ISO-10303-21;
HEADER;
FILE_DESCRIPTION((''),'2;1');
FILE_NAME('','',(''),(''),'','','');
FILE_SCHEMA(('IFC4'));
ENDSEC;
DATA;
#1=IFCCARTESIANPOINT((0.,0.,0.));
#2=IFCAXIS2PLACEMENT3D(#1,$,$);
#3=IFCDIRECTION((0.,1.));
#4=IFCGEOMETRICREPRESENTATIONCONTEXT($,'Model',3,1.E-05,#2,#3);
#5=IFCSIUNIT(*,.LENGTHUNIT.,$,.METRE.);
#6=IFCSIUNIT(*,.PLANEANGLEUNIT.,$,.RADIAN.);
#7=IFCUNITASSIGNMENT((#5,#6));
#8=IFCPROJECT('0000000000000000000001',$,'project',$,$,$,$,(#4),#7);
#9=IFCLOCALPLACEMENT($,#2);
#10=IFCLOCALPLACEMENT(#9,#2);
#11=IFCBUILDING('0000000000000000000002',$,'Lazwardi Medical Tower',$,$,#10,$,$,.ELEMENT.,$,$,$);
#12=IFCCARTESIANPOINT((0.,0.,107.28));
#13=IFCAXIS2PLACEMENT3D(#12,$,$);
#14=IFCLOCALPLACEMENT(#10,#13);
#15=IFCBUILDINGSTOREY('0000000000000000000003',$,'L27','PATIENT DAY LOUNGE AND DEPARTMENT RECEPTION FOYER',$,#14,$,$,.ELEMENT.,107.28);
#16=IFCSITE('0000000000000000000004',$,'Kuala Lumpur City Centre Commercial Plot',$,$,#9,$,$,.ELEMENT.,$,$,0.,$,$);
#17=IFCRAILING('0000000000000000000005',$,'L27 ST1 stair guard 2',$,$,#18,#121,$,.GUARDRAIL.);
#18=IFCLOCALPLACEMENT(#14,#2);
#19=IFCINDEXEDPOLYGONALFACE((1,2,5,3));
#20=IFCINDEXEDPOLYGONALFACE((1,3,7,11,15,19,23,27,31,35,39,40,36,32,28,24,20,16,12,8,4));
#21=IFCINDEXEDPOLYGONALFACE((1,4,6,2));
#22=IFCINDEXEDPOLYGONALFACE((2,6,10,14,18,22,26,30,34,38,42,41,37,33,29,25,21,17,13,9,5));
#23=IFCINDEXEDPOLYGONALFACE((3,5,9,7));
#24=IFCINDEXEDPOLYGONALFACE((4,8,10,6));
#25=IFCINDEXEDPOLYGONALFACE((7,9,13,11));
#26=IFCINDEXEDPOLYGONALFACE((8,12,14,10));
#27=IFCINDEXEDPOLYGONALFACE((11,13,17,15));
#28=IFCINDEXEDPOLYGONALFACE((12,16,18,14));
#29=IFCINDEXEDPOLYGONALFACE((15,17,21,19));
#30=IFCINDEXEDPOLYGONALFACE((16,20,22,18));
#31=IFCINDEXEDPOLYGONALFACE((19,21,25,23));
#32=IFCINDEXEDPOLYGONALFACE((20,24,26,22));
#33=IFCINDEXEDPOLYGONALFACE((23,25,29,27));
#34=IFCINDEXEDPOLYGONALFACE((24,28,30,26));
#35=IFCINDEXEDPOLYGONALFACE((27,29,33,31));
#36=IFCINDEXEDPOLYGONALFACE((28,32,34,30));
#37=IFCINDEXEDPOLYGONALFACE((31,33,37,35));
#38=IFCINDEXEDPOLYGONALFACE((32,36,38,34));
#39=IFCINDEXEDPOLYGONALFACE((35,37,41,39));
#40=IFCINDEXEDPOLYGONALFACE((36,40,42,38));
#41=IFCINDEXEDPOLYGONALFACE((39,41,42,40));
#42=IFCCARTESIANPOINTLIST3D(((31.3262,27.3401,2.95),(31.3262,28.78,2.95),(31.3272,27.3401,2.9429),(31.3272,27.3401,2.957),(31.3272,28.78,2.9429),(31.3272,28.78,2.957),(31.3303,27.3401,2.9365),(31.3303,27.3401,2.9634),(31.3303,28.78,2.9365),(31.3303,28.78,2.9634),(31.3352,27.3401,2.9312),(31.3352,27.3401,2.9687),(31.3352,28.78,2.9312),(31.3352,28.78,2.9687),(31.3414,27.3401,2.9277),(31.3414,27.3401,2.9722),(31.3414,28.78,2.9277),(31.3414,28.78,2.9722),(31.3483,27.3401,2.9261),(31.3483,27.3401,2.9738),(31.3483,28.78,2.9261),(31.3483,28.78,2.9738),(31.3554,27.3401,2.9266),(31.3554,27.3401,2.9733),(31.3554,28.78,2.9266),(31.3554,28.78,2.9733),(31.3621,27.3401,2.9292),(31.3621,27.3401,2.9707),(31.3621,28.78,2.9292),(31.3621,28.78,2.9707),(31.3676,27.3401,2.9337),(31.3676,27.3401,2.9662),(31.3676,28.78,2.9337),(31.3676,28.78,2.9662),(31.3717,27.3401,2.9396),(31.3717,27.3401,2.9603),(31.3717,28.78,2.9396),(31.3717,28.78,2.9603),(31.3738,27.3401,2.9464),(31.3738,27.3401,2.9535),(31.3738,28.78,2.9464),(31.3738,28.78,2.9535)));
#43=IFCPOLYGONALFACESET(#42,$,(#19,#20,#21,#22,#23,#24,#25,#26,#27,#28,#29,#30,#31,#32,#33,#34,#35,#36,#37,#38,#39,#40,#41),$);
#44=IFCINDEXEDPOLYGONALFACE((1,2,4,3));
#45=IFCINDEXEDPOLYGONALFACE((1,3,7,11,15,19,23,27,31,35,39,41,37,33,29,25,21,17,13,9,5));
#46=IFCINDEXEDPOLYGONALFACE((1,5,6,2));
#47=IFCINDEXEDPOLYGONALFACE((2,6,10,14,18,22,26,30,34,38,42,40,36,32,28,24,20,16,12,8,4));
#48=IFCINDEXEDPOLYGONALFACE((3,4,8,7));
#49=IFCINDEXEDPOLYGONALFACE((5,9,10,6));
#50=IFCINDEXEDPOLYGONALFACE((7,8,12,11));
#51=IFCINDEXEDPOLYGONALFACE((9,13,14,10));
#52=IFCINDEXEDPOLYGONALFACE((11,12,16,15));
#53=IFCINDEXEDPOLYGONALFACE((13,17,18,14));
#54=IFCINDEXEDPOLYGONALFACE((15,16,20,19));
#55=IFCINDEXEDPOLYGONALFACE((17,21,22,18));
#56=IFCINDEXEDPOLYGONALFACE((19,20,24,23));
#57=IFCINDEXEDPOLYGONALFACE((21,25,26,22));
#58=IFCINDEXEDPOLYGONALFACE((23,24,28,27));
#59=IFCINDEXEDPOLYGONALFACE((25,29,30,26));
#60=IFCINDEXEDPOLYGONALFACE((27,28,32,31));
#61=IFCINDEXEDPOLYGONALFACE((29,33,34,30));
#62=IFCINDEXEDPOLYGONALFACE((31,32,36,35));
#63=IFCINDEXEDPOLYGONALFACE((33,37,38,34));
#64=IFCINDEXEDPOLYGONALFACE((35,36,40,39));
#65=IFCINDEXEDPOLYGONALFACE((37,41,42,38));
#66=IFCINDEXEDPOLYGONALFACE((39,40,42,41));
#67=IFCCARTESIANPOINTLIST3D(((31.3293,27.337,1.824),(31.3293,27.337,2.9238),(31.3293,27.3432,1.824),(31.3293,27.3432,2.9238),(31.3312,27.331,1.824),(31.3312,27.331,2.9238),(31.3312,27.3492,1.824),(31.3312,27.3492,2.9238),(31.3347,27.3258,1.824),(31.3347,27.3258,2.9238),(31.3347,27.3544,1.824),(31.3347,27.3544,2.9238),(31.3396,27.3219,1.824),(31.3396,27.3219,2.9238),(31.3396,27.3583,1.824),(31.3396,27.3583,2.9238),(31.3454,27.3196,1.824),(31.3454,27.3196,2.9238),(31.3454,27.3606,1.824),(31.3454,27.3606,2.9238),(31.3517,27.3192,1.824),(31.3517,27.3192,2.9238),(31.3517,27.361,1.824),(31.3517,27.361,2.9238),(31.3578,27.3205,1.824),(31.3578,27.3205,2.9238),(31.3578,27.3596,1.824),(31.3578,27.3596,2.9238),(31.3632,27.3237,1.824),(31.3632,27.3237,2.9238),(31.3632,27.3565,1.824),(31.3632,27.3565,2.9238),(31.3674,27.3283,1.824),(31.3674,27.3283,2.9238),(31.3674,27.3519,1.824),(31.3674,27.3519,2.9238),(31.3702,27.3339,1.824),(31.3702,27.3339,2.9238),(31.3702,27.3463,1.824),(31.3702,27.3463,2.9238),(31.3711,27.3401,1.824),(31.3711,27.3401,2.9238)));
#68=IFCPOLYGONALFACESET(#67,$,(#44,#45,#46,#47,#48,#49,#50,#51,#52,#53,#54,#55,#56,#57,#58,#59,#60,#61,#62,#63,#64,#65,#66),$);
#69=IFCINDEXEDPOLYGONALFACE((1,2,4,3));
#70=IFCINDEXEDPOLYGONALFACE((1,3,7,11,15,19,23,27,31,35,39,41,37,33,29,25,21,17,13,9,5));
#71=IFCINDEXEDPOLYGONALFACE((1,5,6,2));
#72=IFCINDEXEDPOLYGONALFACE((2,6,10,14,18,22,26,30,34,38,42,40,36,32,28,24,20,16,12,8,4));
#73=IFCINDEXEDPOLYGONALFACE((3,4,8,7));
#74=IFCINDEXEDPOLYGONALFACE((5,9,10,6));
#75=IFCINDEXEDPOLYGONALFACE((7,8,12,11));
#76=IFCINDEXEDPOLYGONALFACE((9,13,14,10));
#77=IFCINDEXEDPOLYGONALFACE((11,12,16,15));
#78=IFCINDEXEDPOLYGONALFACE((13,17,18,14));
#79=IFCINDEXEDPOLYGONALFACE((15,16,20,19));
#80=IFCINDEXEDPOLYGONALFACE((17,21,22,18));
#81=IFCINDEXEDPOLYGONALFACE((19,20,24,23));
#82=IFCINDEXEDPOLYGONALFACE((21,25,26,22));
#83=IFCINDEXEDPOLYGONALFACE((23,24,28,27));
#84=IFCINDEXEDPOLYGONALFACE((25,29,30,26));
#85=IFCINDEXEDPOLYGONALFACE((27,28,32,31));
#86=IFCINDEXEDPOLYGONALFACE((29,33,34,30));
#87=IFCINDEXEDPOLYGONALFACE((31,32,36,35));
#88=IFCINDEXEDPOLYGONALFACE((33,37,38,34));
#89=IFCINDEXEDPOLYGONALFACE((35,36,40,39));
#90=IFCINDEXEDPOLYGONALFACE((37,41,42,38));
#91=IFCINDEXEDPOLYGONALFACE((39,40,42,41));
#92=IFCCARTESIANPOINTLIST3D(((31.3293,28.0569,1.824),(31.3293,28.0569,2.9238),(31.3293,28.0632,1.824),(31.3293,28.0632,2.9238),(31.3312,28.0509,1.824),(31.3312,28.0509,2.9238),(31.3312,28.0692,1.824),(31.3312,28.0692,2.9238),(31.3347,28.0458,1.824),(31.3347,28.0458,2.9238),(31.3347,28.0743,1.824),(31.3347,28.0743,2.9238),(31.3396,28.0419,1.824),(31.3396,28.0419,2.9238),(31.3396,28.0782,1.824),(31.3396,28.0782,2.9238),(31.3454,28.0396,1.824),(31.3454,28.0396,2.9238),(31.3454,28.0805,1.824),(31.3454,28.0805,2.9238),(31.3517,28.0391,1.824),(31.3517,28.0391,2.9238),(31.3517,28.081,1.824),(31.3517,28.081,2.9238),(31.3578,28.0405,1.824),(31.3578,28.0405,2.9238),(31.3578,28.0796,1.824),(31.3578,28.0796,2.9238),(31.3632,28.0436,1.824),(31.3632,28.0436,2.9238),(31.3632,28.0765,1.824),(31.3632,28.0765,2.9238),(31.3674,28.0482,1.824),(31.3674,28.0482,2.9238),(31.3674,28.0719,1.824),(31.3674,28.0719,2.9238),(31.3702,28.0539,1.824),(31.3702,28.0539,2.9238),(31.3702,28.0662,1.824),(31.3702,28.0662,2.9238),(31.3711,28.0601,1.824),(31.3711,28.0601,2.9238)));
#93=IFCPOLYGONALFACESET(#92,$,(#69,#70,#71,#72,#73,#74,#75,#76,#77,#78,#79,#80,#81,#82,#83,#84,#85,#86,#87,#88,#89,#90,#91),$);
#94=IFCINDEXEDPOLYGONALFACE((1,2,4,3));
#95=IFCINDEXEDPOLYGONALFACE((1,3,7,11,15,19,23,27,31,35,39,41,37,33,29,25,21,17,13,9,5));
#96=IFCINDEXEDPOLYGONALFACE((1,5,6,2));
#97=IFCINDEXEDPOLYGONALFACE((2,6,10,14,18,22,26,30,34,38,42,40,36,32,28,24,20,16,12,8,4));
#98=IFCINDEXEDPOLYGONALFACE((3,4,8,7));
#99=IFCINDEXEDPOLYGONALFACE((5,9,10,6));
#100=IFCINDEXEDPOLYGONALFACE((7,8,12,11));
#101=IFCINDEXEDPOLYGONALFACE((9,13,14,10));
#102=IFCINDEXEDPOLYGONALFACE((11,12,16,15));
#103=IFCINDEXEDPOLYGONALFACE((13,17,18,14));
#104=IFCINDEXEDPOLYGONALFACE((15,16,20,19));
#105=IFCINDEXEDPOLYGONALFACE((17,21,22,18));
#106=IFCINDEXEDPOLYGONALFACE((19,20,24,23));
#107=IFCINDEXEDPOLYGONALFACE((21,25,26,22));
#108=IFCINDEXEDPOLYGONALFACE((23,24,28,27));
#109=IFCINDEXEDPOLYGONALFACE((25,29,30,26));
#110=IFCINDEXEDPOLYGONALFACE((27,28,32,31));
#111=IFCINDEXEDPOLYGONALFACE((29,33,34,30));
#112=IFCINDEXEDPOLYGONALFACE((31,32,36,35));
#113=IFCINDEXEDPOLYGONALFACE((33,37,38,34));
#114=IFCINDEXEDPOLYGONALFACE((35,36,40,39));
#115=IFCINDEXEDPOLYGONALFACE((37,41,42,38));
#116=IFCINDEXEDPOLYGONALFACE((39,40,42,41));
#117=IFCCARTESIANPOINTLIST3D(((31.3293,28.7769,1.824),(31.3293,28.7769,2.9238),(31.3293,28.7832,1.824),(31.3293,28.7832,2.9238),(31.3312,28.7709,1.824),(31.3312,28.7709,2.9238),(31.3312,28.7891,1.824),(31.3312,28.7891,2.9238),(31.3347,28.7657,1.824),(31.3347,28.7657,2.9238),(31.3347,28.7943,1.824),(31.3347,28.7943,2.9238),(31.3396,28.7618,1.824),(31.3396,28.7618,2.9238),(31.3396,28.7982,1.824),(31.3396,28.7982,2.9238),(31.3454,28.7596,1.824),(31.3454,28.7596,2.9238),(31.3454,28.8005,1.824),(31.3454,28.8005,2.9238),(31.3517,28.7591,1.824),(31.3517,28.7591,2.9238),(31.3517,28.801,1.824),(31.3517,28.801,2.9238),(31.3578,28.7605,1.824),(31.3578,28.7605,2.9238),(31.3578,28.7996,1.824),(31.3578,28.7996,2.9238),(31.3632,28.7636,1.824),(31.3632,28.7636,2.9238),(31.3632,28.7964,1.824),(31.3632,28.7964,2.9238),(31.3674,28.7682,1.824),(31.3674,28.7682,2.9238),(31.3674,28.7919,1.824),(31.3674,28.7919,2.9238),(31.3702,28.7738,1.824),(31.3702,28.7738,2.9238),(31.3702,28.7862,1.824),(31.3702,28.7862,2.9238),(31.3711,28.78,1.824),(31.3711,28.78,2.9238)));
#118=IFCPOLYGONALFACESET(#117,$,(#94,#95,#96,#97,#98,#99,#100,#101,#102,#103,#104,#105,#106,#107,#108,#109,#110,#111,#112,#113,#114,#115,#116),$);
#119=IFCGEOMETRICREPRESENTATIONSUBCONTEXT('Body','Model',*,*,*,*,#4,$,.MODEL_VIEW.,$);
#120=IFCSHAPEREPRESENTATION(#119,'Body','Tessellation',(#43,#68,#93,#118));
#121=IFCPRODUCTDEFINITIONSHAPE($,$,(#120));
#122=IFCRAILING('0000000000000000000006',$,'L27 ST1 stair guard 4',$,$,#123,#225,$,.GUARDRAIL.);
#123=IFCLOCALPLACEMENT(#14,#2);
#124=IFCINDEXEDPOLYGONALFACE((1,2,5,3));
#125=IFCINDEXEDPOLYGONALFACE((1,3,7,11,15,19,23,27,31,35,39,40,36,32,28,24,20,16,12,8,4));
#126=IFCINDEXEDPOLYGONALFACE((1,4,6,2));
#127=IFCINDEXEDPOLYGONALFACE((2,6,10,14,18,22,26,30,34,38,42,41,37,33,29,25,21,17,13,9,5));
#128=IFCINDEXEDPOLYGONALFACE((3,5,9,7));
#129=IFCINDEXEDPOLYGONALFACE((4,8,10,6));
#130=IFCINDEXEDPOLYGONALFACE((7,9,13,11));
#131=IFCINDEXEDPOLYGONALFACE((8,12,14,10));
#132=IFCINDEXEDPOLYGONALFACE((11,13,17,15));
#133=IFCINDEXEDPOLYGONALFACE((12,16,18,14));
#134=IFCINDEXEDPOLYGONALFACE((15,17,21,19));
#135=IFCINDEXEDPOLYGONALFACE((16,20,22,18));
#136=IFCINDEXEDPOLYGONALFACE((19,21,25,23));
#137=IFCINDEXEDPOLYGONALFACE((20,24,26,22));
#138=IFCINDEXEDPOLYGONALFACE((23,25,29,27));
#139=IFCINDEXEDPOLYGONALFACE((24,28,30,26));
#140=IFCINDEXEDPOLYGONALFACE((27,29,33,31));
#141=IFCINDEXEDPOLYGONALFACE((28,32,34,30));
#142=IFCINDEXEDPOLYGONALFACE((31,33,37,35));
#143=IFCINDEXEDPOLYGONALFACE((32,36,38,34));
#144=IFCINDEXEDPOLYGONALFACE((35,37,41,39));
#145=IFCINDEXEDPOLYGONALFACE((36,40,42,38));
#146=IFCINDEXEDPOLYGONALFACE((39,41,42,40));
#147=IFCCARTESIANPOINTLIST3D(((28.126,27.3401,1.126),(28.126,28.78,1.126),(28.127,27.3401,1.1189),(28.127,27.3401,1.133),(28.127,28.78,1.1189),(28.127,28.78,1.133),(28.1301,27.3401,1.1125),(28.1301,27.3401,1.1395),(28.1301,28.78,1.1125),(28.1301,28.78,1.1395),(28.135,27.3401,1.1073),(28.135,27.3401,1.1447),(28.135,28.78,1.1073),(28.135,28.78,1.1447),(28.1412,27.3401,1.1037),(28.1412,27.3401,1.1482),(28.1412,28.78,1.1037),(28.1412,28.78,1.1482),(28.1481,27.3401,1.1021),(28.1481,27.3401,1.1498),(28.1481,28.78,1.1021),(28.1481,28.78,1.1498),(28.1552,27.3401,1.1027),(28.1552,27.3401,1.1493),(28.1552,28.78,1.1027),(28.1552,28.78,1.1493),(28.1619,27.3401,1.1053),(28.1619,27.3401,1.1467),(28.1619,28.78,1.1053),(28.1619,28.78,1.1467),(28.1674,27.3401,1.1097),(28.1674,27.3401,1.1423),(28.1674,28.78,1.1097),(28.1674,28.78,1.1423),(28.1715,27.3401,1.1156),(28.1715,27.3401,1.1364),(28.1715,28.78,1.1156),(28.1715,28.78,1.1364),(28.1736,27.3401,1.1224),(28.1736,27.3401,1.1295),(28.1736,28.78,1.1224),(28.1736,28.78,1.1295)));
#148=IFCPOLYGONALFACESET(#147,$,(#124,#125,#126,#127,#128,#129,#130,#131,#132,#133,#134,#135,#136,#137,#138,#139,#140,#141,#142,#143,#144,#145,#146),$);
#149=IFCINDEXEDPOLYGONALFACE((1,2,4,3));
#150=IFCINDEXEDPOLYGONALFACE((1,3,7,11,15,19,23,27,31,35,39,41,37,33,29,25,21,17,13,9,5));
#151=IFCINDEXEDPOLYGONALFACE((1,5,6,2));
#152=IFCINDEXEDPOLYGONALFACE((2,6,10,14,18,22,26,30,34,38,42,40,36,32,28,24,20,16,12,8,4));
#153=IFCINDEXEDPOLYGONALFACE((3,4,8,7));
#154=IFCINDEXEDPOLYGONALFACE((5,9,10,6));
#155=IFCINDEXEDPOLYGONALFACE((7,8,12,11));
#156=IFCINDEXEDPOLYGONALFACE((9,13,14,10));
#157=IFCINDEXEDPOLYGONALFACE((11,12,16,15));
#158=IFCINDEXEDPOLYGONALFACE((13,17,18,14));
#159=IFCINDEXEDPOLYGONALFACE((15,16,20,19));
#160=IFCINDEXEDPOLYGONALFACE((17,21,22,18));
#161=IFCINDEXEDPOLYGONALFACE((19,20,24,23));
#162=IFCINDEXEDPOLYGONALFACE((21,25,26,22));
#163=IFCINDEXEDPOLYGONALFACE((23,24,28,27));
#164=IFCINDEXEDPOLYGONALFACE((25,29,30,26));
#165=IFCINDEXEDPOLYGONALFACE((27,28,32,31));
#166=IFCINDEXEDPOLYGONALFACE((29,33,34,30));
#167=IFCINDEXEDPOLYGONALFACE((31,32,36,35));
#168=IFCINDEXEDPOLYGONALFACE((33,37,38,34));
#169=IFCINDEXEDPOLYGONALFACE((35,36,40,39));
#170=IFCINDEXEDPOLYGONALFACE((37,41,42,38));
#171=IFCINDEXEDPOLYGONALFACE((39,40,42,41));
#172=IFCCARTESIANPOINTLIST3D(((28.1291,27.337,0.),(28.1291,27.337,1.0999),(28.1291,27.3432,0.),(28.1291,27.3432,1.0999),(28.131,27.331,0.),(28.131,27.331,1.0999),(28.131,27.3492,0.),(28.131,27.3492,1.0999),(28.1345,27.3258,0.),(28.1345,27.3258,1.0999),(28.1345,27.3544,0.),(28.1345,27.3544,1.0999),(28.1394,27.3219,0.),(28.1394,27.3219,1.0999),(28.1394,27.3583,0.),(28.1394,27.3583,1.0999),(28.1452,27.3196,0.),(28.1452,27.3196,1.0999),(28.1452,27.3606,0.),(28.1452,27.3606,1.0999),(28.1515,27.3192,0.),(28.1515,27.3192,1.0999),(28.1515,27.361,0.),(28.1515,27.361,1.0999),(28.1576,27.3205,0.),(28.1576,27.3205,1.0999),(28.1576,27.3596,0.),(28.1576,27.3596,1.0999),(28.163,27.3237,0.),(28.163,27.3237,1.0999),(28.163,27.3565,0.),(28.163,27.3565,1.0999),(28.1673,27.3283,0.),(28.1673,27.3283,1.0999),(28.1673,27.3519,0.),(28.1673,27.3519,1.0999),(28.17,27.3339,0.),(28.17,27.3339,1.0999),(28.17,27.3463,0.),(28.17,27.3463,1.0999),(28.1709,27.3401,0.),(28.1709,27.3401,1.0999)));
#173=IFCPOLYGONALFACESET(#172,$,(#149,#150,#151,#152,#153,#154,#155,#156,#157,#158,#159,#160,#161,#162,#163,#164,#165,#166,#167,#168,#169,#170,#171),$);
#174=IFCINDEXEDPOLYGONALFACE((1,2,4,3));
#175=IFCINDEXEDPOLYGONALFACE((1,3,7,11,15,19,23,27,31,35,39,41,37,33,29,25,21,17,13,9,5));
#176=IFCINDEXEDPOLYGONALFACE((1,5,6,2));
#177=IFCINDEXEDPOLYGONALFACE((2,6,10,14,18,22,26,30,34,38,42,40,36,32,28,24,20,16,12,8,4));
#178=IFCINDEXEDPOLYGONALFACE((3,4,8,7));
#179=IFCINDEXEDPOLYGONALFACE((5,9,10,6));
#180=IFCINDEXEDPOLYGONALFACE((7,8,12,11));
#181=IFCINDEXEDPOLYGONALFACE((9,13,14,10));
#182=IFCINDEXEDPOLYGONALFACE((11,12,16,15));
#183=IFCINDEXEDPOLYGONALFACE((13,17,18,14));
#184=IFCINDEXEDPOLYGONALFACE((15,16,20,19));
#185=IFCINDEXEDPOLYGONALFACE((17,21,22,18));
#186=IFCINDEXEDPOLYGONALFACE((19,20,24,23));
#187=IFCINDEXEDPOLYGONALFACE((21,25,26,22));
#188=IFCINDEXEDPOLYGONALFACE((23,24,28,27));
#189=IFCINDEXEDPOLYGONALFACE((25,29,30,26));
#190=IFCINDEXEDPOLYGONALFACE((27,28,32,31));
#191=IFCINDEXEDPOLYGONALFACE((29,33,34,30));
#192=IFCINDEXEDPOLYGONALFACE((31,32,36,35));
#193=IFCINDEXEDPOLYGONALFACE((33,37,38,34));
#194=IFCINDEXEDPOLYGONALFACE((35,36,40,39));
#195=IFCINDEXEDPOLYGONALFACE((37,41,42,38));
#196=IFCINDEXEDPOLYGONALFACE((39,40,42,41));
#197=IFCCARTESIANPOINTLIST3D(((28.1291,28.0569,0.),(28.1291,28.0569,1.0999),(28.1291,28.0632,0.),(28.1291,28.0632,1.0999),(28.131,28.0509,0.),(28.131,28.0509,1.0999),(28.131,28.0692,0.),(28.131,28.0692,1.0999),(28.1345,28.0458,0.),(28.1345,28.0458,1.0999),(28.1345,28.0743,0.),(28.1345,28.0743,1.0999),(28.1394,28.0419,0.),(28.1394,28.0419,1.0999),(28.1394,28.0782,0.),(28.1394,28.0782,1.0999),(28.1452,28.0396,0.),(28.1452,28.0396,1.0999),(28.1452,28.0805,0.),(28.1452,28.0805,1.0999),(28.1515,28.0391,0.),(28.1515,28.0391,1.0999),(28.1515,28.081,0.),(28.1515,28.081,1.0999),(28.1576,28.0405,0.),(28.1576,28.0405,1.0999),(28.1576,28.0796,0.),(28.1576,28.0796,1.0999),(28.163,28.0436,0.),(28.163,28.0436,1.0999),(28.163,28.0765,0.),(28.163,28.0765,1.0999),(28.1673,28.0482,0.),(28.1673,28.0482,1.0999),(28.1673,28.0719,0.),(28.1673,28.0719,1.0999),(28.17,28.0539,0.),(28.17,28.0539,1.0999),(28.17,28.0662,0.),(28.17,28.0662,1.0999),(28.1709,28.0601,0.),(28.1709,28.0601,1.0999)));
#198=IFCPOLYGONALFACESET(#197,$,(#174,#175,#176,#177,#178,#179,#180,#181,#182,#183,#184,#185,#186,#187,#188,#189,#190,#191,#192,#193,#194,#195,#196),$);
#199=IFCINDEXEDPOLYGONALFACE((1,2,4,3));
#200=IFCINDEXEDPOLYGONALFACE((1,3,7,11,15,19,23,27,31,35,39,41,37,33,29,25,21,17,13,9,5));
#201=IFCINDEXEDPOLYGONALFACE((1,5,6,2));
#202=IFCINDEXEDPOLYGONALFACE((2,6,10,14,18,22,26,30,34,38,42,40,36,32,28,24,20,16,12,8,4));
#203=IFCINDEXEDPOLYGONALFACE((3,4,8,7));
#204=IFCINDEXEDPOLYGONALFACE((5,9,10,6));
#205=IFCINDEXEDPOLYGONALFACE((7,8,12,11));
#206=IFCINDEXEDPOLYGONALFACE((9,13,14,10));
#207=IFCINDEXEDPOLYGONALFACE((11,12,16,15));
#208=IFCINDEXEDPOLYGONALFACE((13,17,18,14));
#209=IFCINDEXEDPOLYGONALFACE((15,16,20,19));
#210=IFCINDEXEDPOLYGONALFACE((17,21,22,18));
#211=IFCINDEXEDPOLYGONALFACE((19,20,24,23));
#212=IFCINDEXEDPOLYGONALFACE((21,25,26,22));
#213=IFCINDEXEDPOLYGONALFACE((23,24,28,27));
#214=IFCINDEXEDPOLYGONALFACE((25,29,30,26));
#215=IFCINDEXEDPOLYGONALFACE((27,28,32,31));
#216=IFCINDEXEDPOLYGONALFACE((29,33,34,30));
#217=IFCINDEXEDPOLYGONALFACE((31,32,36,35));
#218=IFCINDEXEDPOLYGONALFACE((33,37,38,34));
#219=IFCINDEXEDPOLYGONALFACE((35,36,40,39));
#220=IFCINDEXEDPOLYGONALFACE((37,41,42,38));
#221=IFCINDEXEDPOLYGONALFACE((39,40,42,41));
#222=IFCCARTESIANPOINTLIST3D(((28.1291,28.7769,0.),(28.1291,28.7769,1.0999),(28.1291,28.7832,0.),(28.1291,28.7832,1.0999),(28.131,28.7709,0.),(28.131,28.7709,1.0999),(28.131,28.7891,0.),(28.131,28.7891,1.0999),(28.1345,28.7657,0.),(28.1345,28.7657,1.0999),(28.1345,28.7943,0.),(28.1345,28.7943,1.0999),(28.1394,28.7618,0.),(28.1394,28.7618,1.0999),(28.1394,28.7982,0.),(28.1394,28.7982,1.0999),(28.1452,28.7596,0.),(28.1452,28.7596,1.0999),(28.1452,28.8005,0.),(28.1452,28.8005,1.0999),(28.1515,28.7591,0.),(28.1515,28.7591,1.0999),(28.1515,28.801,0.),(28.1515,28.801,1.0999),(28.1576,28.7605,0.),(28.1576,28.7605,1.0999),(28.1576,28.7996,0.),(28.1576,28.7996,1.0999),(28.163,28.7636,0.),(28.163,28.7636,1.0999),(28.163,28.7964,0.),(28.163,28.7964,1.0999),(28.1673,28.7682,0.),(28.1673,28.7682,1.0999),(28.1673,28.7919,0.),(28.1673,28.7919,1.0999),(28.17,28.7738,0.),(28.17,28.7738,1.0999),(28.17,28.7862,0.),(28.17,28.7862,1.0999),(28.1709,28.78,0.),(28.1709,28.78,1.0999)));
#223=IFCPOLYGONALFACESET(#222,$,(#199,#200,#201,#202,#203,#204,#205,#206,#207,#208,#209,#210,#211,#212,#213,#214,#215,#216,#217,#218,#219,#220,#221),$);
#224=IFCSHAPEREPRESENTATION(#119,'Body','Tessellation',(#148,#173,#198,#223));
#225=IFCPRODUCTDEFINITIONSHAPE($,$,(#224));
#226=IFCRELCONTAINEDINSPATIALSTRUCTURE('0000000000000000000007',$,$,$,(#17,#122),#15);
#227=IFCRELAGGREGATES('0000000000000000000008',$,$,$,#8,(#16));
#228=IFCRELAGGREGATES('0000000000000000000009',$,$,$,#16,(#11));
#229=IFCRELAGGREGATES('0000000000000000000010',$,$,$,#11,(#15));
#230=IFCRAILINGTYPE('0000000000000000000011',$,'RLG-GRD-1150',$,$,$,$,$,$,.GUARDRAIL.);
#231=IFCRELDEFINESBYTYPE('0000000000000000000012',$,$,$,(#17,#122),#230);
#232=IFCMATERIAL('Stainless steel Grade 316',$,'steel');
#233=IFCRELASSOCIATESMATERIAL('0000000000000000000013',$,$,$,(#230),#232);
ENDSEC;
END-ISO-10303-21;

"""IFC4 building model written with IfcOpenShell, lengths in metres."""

from ifc_helpers import new_model, si_unit, direction, frame, origin, origin_2d, place, context, subcontext, project, spatial, circle, extrude, material, type_object, element, save


model = new_model("IFC4")

# Units and contexts
model_context = context("Model", 3, precision=1e-05, world=origin(), true_north=direction((0.0, 1.0)))
body_context = subcontext(model_context, "Body", "Model", "MODEL_VIEW")
ifc_project = project(units=[si_unit("LENGTHUNIT", "METRE"), si_unit("PLANEANGLEUNIT", "RADIAN")], contexts=[model_context])

# Site, building, storey
site_placement = place(None, origin())
site = spatial("IfcSite", under=ifc_project, at=site_placement, Name="Kuala Lumpur City Centre Commercial Plot", CompositionType="ELEMENT", RefElevation=0.0)
building_placement = place(site_placement, origin())
building = spatial("IfcBuilding", under=site, at=building_placement, Name="Lazwardi Medical Tower", CompositionType="ELEMENT")
storey_placement = place(building_placement, frame((0.0, 0.0, 107.28)))
storey = spatial("IfcBuildingStorey", under=building, at=storey_placement, Name="L27", Description="PATIENT DAY LOUNGE AND DEPARTMENT RECEPTION FOYER", CompositionType="ELEMENT", Elevation=107.28)

# Railings
ifc_material_1 = material(Name="Stainless steel Grade 316", Category="steel")
railing_type_1 = type_object("IfcRailingType", Name="RLG-GRD-1150", PredefinedType="GUARDRAIL", material=ifc_material_1)
for number, where, name in (
    (1, (31.3501, 27.3401, 1.824), "L27 ST1 stair guard 2"),
    (2, (28.1499, 27.3401, 0.0), "L27 ST1 stair guard 4"),
):
    element("IfcRailing", number, at=place(storey_placement, frame(where)), inside=storey, type_object=railing_type_1, Name=name, PredefinedType="GUARDRAIL", context=body_context, shape_type="SweptSolid", body=[
        extrude(circle(Radius=0.0239, at=origin_2d()), frame((0.0, 0.0, 1.126), z_axis=(0.0, 1.0, 0.0), x_axis=(-1.0, 0.0, 0.0)), (0.0, 0.0, 1.0), 1.4399),
        extrude(circle(Radius=0.021, at=origin_2d()), origin(), (0.0, 0.0, 1.0), 1.0999),
        extrude(circle(Radius=0.021, at=origin_2d()), frame((0.0, 0.72, 0.0)), (0.0, 0.0, 1.0), 1.0999),
        extrude(circle(Radius=0.021, at=origin_2d()), frame((0.0, 1.4399, 0.0)), (0.0, 0.0, 1.0), 1.0999),
    ])

save(model, "model.ifc")
